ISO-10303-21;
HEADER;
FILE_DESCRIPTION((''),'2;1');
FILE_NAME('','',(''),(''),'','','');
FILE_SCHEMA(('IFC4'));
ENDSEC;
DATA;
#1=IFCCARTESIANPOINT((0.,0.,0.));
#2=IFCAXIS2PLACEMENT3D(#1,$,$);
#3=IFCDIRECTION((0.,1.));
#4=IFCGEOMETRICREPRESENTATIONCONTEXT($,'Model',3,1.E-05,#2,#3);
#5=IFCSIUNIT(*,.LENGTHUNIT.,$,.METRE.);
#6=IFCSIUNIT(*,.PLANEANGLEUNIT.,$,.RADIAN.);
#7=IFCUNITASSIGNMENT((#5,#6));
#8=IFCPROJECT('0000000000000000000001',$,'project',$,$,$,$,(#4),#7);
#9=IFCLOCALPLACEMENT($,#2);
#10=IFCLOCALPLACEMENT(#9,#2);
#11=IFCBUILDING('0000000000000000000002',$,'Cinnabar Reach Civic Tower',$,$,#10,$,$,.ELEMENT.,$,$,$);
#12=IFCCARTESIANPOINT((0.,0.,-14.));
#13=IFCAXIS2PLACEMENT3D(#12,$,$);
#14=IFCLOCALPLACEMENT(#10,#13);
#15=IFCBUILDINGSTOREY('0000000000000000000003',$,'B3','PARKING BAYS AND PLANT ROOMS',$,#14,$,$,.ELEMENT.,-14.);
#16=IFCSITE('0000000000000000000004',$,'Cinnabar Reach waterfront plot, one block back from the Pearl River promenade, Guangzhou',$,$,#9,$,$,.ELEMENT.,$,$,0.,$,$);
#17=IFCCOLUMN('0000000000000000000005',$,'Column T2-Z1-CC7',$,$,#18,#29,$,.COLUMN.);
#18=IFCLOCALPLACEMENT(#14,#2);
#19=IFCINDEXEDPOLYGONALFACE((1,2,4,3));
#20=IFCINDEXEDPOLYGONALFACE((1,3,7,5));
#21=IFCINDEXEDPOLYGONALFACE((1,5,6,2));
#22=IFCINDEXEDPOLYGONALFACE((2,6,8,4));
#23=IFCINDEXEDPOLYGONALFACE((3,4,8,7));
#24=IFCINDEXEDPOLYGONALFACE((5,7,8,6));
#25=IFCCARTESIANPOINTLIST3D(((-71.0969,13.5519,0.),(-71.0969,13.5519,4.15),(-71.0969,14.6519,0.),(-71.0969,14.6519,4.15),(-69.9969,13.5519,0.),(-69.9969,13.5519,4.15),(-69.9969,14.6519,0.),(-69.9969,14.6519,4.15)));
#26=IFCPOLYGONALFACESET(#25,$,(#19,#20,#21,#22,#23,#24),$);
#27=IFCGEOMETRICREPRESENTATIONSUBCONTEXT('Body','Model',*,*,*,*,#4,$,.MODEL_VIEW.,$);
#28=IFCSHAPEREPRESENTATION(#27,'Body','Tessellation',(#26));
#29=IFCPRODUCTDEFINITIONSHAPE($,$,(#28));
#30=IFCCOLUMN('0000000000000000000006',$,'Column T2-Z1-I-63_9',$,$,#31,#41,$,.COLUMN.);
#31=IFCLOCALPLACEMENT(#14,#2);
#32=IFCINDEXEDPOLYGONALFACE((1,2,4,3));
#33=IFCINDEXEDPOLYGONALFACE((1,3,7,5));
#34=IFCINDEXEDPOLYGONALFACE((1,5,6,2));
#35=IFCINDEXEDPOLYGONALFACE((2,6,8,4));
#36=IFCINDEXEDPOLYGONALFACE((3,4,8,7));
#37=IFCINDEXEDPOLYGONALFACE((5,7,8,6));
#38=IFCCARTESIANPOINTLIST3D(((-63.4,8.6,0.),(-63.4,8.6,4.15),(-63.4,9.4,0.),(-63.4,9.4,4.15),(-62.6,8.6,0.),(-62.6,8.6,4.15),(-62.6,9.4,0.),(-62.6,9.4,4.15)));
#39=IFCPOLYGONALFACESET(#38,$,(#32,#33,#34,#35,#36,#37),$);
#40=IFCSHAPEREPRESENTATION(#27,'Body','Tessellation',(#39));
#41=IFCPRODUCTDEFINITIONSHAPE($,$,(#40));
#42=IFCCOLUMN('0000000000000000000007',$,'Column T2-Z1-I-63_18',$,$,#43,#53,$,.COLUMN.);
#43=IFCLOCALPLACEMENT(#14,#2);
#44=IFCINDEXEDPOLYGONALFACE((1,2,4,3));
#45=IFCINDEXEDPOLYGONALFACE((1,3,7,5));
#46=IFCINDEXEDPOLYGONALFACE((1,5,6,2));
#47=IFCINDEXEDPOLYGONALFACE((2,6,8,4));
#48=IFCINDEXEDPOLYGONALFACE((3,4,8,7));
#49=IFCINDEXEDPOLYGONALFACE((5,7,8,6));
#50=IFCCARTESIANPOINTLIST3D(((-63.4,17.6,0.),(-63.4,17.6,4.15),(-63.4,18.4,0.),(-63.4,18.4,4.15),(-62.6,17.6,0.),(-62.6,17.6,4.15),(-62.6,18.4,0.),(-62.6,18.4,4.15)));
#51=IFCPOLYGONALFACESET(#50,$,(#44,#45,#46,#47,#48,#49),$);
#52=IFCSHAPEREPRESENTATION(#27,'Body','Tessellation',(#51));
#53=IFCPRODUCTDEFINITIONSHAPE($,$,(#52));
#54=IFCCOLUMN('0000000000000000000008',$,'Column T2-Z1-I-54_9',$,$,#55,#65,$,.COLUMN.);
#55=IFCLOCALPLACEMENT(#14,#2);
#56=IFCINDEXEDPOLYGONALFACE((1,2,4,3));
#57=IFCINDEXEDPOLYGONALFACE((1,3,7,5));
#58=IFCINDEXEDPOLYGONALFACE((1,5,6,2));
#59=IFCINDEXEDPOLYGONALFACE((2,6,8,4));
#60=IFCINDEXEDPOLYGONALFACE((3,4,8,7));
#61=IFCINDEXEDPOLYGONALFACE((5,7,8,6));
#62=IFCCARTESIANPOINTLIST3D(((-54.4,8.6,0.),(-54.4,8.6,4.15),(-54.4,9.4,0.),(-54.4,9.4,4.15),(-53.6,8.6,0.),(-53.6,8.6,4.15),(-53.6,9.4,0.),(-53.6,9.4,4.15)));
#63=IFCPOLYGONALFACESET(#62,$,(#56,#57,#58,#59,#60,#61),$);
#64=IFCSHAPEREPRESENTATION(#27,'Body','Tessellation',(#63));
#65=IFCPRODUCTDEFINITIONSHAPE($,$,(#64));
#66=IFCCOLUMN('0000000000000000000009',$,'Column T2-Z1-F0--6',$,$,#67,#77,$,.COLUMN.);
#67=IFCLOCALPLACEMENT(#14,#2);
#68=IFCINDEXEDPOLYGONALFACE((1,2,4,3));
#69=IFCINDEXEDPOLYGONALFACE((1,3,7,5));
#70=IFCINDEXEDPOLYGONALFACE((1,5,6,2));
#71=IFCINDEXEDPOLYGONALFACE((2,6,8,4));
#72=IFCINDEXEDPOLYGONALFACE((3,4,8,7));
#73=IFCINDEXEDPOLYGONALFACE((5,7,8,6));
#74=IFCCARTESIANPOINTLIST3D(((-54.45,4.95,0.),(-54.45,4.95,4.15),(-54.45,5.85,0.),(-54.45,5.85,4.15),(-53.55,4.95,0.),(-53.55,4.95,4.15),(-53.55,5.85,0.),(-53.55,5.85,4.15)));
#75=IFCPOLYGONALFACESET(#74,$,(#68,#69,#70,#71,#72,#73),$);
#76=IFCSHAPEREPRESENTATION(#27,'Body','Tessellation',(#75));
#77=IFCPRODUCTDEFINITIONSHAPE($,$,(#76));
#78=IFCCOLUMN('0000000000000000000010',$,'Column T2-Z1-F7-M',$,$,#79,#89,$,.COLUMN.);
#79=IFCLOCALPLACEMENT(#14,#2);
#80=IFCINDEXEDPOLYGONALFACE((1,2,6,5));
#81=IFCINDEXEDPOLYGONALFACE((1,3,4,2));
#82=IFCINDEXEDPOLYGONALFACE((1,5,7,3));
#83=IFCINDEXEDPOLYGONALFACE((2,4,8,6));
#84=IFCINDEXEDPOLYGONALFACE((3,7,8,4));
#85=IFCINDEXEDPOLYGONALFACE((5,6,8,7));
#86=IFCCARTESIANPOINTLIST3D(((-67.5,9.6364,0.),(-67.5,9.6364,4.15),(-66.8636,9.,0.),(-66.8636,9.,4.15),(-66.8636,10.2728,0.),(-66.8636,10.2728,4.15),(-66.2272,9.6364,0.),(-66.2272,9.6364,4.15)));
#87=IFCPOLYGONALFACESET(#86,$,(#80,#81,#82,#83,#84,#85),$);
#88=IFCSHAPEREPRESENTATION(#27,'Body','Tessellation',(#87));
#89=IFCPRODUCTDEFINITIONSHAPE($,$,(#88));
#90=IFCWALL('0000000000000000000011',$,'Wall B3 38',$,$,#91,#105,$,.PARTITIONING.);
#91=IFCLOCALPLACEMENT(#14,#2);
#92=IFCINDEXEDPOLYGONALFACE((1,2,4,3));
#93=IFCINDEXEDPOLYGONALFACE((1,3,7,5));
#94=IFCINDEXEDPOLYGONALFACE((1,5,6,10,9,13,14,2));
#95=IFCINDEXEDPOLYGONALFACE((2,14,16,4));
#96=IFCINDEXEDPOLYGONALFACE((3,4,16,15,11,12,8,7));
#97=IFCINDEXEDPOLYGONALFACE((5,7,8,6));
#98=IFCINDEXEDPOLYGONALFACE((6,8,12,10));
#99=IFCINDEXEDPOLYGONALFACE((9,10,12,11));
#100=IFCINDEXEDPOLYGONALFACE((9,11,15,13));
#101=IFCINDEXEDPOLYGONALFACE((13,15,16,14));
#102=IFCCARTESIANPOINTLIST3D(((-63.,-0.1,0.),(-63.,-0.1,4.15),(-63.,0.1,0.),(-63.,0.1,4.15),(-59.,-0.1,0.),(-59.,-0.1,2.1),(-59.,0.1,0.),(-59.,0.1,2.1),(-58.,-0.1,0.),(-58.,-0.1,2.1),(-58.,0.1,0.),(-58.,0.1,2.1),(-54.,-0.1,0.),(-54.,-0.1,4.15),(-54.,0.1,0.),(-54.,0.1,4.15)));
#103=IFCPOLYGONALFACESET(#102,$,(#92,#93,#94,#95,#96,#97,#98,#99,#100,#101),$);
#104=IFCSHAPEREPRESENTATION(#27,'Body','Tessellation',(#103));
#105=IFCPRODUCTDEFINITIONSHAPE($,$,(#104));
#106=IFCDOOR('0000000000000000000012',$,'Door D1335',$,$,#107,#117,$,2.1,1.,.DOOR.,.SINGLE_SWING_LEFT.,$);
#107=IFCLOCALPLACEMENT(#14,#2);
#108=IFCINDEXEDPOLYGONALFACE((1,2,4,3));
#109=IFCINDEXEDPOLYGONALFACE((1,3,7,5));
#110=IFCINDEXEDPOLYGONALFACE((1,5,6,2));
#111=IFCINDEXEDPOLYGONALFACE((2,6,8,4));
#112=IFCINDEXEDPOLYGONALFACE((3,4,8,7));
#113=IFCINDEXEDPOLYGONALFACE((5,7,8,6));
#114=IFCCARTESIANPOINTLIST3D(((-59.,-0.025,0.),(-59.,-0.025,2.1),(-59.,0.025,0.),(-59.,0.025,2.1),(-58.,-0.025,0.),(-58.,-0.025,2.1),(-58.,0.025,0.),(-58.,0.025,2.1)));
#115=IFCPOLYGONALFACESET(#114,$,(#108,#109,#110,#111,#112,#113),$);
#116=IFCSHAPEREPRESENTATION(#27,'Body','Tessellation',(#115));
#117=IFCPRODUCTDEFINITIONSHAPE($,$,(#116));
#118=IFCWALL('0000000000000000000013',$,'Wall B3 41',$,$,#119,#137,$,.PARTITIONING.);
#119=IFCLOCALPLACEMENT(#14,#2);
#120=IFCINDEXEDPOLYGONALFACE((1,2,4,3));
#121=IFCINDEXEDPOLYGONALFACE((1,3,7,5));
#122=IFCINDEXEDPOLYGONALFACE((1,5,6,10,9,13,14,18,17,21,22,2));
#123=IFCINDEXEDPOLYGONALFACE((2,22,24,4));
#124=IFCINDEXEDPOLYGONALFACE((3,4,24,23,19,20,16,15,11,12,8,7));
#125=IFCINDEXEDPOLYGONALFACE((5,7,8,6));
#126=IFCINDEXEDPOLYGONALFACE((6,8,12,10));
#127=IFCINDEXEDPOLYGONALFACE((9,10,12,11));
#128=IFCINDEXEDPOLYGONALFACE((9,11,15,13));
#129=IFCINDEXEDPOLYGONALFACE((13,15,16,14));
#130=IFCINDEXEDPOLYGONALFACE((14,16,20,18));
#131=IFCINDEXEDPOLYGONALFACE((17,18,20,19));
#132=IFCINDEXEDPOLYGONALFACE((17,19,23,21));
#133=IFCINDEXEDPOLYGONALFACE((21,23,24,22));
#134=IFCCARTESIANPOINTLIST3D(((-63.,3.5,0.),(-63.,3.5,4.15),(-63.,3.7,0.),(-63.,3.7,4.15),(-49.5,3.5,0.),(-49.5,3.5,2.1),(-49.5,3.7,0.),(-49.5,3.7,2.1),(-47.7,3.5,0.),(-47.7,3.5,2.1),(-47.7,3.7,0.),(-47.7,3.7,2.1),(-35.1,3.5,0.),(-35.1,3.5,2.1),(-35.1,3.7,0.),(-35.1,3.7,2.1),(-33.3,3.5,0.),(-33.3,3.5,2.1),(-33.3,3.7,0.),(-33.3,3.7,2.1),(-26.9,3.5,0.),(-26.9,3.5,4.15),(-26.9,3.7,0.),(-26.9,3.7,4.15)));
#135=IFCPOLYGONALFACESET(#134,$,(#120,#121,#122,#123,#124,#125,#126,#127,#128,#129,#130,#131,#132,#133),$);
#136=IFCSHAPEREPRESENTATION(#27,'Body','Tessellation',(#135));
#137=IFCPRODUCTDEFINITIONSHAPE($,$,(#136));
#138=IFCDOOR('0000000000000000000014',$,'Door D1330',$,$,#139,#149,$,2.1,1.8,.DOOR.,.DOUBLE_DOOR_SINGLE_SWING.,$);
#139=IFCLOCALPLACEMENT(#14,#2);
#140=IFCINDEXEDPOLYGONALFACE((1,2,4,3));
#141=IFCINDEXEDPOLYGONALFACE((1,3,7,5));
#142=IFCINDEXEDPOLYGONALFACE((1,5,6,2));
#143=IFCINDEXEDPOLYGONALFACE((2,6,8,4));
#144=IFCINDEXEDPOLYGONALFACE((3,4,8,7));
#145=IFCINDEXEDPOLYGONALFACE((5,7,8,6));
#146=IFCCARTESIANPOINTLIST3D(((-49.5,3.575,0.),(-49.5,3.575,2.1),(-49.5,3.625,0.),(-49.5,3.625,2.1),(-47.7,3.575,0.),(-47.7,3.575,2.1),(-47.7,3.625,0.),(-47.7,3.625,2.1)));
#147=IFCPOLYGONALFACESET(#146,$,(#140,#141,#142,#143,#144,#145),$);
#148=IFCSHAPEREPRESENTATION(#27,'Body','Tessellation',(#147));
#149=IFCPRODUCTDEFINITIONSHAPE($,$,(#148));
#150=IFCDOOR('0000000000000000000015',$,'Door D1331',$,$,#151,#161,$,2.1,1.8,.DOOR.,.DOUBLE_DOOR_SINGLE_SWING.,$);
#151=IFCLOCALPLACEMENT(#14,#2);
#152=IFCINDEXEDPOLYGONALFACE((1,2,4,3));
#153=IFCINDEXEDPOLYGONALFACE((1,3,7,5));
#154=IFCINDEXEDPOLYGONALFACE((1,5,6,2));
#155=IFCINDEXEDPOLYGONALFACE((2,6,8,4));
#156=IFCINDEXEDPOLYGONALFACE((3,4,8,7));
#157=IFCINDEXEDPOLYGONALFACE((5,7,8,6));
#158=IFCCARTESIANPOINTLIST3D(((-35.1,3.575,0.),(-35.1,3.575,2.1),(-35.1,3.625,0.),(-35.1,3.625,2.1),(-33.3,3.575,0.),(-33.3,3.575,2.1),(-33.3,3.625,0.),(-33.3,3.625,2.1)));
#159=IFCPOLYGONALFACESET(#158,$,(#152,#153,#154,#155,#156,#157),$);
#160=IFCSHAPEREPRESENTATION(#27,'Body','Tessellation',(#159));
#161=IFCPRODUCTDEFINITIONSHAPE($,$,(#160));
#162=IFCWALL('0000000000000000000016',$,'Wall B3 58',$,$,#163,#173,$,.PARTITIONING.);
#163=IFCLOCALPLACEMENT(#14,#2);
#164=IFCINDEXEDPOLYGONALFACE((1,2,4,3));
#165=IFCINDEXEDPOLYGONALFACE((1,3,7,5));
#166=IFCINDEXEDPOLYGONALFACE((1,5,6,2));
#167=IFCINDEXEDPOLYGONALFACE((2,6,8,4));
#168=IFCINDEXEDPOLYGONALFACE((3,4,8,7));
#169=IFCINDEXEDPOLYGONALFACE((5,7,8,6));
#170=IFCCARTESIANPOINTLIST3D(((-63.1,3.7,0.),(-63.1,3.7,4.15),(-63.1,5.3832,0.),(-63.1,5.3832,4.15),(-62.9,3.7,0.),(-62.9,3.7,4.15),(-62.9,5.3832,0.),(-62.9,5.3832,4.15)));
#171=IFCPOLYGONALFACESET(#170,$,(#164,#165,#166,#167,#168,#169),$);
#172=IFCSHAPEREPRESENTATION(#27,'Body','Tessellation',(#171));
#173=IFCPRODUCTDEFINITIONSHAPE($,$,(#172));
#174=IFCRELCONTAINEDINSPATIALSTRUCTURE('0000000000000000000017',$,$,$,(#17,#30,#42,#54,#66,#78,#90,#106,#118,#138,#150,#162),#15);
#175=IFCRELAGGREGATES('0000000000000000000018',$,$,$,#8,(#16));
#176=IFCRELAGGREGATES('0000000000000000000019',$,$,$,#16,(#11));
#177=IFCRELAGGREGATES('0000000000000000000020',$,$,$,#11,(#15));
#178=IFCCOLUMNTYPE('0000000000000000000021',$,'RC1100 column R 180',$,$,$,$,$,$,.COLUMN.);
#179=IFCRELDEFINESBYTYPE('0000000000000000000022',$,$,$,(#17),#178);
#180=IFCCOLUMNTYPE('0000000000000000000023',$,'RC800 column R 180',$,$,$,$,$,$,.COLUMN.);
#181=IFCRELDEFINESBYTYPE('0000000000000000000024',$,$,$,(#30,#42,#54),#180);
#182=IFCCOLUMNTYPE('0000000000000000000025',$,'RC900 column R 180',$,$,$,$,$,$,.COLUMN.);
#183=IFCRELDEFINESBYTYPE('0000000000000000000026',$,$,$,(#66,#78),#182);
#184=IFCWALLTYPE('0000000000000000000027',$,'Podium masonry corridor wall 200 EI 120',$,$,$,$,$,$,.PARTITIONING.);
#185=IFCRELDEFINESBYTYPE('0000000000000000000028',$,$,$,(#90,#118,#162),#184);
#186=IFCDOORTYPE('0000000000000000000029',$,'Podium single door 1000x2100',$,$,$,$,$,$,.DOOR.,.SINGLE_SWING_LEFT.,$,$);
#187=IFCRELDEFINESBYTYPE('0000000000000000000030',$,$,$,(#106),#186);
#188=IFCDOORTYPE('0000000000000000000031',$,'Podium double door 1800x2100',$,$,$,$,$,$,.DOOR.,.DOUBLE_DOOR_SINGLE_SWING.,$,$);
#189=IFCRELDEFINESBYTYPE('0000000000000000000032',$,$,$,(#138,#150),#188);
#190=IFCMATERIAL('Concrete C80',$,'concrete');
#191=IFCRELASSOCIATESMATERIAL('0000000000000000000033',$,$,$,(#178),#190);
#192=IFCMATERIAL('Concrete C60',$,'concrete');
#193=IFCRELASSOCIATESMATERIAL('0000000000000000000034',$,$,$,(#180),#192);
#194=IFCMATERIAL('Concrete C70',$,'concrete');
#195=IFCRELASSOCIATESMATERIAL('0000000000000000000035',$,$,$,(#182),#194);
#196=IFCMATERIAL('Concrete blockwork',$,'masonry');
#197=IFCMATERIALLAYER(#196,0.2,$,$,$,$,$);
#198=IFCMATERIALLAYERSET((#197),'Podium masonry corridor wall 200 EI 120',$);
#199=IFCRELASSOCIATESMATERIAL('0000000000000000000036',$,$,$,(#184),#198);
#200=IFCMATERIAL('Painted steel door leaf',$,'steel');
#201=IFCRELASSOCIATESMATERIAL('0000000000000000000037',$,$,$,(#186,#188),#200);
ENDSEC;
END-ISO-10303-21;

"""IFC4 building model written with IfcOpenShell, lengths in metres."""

from ifc_helpers import new_model, si_unit, direction, frame, frame_2d, origin, origin_2d, place, context, subcontext, project, spatial, rectangle, extrude, material, layer, layer_set, material_profile, profile_set, type_object, element, fill, save


model = new_model("IFC4")

# Units and contexts
model_context = context("Model", 3, precision=1e-05, world=origin(), true_north=direction((0.0, 1.0)))
body_context = subcontext(model_context, "Body", "Model", "MODEL_VIEW")
ifc_project = project(units=[si_unit("LENGTHUNIT", "METRE"), si_unit("PLANEANGLEUNIT", "RADIAN")], contexts=[model_context])

# Site, building, storey
site_placement = place(None, origin())
site = spatial("IfcSite", under=ifc_project, at=site_placement, Name="Cinnabar Reach waterfront plot, one block back from the Pearl River promenade, Guangzhou", CompositionType="ELEMENT", RefElevation=0.0)
building_placement = place(site_placement, origin())
building = spatial("IfcBuilding", under=site, at=building_placement, Name="Cinnabar Reach Civic Tower", CompositionType="ELEMENT")
storey_placement = place(building_placement, frame((0.0, 0.0, -14.0)))
storey = spatial("IfcBuildingStorey", under=building, at=storey_placement, Name="B3", Description="PARKING BAYS AND PLANT ROOMS", CompositionType="ELEMENT", Elevation=-14.0)

# Columns
ifc_material_1 = material(Name="Concrete C80", Category="concrete")
ifc_material_profile_1 = material_profile(ifc_material_1, rectangle(XDim=1.1, YDim=1.1, at=origin_2d()), Name="RC1100")
ifc_profile_set_1 = profile_set([ifc_material_profile_1], Name="Concrete C80")
column_type_1 = type_object("IfcColumnType", Name="RC1100 column R 180", PredefinedType="COLUMN", material=ifc_profile_set_1)
for number, where, z_axis, x_axis, name in (
    (1, (-70.5469, 14.1019, 0.0), (0.0, 0.0, 1.0), (1.0, 0.0, 0.0), "Column T2-Z1-CC7"),
):
    element("IfcColumn", number, at=place(storey_placement, frame(where, z_axis=z_axis, x_axis=x_axis)), inside=storey, type_object=column_type_1, Name=name, PredefinedType="COLUMN", context=body_context, shape_type="SweptSolid", body=[
        extrude(rectangle(XDim=1.1, YDim=1.1, at=origin_2d()), origin(), (0.0, 0.0, 1.0), 4.15),
    ])
ifc_material_2 = material(Name="Concrete C60", Category="concrete")
ifc_material_profile_2 = material_profile(ifc_material_2, rectangle(XDim=0.8, YDim=0.8, at=origin_2d()), Name="RC800")
ifc_profile_set_2 = profile_set([ifc_material_profile_2], Name="Concrete C60")
column_type_2 = type_object("IfcColumnType", Name="RC800 column R 180", PredefinedType="COLUMN", material=ifc_profile_set_2)
for number, where, z_axis, x_axis, name in (
    (2, (-63.0, 9.0, 0.0), (0.0, 0.0, 1.0), (1.0, 0.0, 0.0), "Column T2-Z1-I-63_9"),
    (3, (-63.0, 18.0, 0.0), (0.0, 0.0, 1.0), (1.0, 0.0, 0.0), "Column T2-Z1-I-63_18"),
    (4, (-54.0, 9.0, 0.0), (0.0, 0.0, 1.0), (1.0, 0.0, 0.0), "Column T2-Z1-I-54_9"),
):
    element("IfcColumn", number, at=place(storey_placement, frame(where, z_axis=z_axis, x_axis=x_axis)), inside=storey, type_object=column_type_2, Name=name, PredefinedType="COLUMN", context=body_context, shape_type="SweptSolid", body=[
        extrude(rectangle(XDim=0.8, YDim=0.8, at=origin_2d()), origin(), (0.0, 0.0, 1.0), 4.15),
    ])
ifc_material_3 = material(Name="Concrete C70", Category="concrete")
ifc_material_profile_3 = material_profile(ifc_material_3, rectangle(XDim=0.9, YDim=0.9, at=origin_2d()), Name="RC900")
ifc_profile_set_3 = profile_set([ifc_material_profile_3], Name="Concrete C70")
column_type_3 = type_object("IfcColumnType", Name="RC900 column R 180", PredefinedType="COLUMN", material=ifc_profile_set_3)
for number, where, z_axis, x_axis, name in (
    (5, (-54.0, 5.4, 0.0), (0.0, 0.0, 1.0), (1.0, 0.0, 0.0), "Column T2-Z1-F0--6"),
    (6, (-66.8636, 9.6364, 0.0), (0.0, 0.0, 1.0), (0.707107, 0.707107, 0.0), "Column T2-Z1-F7-M"),
):
    element("IfcColumn", number, at=place(storey_placement, frame(where, z_axis=z_axis, x_axis=x_axis)), inside=storey, type_object=column_type_3, Name=name, PredefinedType="COLUMN", context=body_context, shape_type="SweptSolid", body=[
        extrude(rectangle(XDim=0.9, YDim=0.9, at=origin_2d()), origin(), (0.0, 0.0, 1.0), 4.15),
    ])

# Wall, opening, door
ifc_material_4 = material(Name="Concrete blockwork", Category="masonry")
ifc_layer_1 = layer(ifc_material_4, 0.2)
ifc_layer_set_1 = layer_set([ifc_layer_1], Name="Podium masonry corridor wall 200 EI 120")
wall_type_1 = type_object("IfcWallType", Name="Podium masonry corridor wall 200 EI 120", PredefinedType="PARTITIONING", material=ifc_layer_set_1)
wall_1_placement = place(storey_placement, frame((-63.0, 0.0, 0.0), z_axis=(0.0, 0.0, 1.0), x_axis=(1.0, 0.0, 0.0)))
wall_1 = element("IfcWall", 7, at=wall_1_placement, inside=storey, type_object=wall_type_1, Name="Wall B3 38", PredefinedType="PARTITIONING", context=body_context, shape_type="SweptSolid", body=[
    extrude(rectangle(XDim=9.0, YDim=0.2, at=frame_2d((4.5, 0.0))), origin(), (0.0, 0.0, 1.0), 4.15),
])
opening_1_placement = place(wall_1_placement, frame((4.0, 0.0, 0.0)))
opening_1 = element("IfcOpeningElement", 8, at=opening_1_placement, cuts=wall_1, PredefinedType="OPENING", context=body_context, shape_type="SweptSolid", body=[
    extrude(rectangle(XDim=1.0, YDim=2.1, at=frame_2d((0.5, 1.05))), frame((0.0, 0.11, 0.0), z_axis=(0.0, -1.0, 0.0), x_axis=(1.0, 0.0, 0.0)), (0.0, 0.0, 1.0), 0.22),
])
ifc_material_5 = material(Name="Painted steel door leaf", Category="steel")
door_type_1 = type_object("IfcDoorType", Name="Podium single door 1000x2100", OperationType="SINGLE_SWING_LEFT", PredefinedType="DOOR", material=ifc_material_5)
door_1_placement = place(opening_1_placement, frame((1.0, 0.0, 0.0), z_axis=(0.0, 0.0, 1.0), x_axis=(-1.0, 0.0, 0.0)))
door_1 = element("IfcDoor", 9, at=door_1_placement, inside=storey, type_object=door_type_1, Name="Door D1335", OperationType="SINGLE_SWING_LEFT", OverallHeight=2.1, OverallWidth=1.0, PredefinedType="DOOR", context=body_context, shape_type="SweptSolid", body=[
    extrude(rectangle(XDim=1.0, YDim=2.1, at=frame_2d((0.5, 1.05))), frame((0.0, 0.025, 0.0), z_axis=(0.0, -1.0, 0.0), x_axis=(1.0, 0.0, 0.0)), (0.0, 0.0, 1.0), 0.05),
])
fill(opening_1, door_1)

# Wall, openings, doors
wall_2_placement = place(storey_placement, frame((-63.0, 3.6, 0.0), z_axis=(0.0, 0.0, 1.0), x_axis=(1.0, 0.0, 0.0)))
wall_2 = element("IfcWall", 10, at=wall_2_placement, inside=storey, type_object=wall_type_1, Name="Wall B3 41", PredefinedType="PARTITIONING", context=body_context, shape_type="SweptSolid", body=[
    extrude(rectangle(XDim=36.1, YDim=0.2, at=frame_2d((18.05, 0.0))), origin(), (0.0, 0.0, 1.0), 4.15),
])
opening_2_placement = place(wall_2_placement, frame((13.5, 0.0, 0.0)))
opening_2 = element("IfcOpeningElement", 11, at=opening_2_placement, cuts=wall_2, PredefinedType="OPENING", context=body_context, shape_type="SweptSolid", body=[
    extrude(rectangle(XDim=1.8, YDim=2.1, at=frame_2d((0.9, 1.05))), frame((0.0, 0.11, 0.0), z_axis=(0.0, -1.0, 0.0), x_axis=(1.0, 0.0, 0.0)), (0.0, 0.0, 1.0), 0.22),
])
opening_3_placement = place(wall_2_placement, frame((27.9, 0.0, 0.0)))
opening_3 = element("IfcOpeningElement", 12, at=opening_3_placement, cuts=wall_2, PredefinedType="OPENING", context=body_context, shape_type="SweptSolid", body=[
    extrude(rectangle(XDim=1.8, YDim=2.1, at=frame_2d((0.9, 1.05))), frame((0.0, 0.11, 0.0), z_axis=(0.0, -1.0, 0.0), x_axis=(1.0, 0.0, 0.0)), (0.0, 0.0, 1.0), 0.22),
])
door_type_2 = type_object("IfcDoorType", Name="Podium double door 1800x2100", OperationType="DOUBLE_DOOR_SINGLE_SWING", PredefinedType="DOOR", material=ifc_material_5)
door_2_placement = place(opening_2_placement, origin())
door_2 = element("IfcDoor", 13, at=door_2_placement, inside=storey, type_object=door_type_2, Name="Door D1330", OperationType="DOUBLE_DOOR_SINGLE_SWING", OverallHeight=2.1, OverallWidth=1.8, PredefinedType="DOOR", context=body_context, shape_type="SweptSolid", body=[
    extrude(rectangle(XDim=1.8, YDim=2.1, at=frame_2d((0.9, 1.05))), frame((0.0, 0.025, 0.0), z_axis=(0.0, -1.0, 0.0), x_axis=(1.0, 0.0, 0.0)), (0.0, 0.0, 1.0), 0.05),
])
fill(opening_2, door_2)
door_3_placement = place(opening_3_placement, origin())
door_3 = element("IfcDoor", 14, at=door_3_placement, inside=storey, type_object=door_type_2, Name="Door D1331", OperationType="DOUBLE_DOOR_SINGLE_SWING", OverallHeight=2.1, OverallWidth=1.8, PredefinedType="DOOR", context=body_context, shape_type="SweptSolid", body=[
    extrude(rectangle(XDim=1.8, YDim=2.1, at=frame_2d((0.9, 1.05))), frame((0.0, 0.025, 0.0), z_axis=(0.0, -1.0, 0.0), x_axis=(1.0, 0.0, 0.0)), (0.0, 0.0, 1.0), 0.05),
])
fill(opening_3, door_3)

# Wall
wall_3_placement = place(storey_placement, frame((-63.0, 3.7, 0.0), z_axis=(0.0, 0.0, 1.0), x_axis=(0.0, 1.0, 0.0)))
element("IfcWall", 15, at=wall_3_placement, inside=storey, type_object=wall_type_1, Name="Wall B3 58", PredefinedType="PARTITIONING", context=body_context, shape_type="SweptSolid", body=[
    extrude(rectangle(XDim=1.6831, YDim=0.2, at=frame_2d((0.8416, 0.0))), origin(), (0.0, 0.0, 1.0), 4.15),
])

save(model, "model.ifc")
